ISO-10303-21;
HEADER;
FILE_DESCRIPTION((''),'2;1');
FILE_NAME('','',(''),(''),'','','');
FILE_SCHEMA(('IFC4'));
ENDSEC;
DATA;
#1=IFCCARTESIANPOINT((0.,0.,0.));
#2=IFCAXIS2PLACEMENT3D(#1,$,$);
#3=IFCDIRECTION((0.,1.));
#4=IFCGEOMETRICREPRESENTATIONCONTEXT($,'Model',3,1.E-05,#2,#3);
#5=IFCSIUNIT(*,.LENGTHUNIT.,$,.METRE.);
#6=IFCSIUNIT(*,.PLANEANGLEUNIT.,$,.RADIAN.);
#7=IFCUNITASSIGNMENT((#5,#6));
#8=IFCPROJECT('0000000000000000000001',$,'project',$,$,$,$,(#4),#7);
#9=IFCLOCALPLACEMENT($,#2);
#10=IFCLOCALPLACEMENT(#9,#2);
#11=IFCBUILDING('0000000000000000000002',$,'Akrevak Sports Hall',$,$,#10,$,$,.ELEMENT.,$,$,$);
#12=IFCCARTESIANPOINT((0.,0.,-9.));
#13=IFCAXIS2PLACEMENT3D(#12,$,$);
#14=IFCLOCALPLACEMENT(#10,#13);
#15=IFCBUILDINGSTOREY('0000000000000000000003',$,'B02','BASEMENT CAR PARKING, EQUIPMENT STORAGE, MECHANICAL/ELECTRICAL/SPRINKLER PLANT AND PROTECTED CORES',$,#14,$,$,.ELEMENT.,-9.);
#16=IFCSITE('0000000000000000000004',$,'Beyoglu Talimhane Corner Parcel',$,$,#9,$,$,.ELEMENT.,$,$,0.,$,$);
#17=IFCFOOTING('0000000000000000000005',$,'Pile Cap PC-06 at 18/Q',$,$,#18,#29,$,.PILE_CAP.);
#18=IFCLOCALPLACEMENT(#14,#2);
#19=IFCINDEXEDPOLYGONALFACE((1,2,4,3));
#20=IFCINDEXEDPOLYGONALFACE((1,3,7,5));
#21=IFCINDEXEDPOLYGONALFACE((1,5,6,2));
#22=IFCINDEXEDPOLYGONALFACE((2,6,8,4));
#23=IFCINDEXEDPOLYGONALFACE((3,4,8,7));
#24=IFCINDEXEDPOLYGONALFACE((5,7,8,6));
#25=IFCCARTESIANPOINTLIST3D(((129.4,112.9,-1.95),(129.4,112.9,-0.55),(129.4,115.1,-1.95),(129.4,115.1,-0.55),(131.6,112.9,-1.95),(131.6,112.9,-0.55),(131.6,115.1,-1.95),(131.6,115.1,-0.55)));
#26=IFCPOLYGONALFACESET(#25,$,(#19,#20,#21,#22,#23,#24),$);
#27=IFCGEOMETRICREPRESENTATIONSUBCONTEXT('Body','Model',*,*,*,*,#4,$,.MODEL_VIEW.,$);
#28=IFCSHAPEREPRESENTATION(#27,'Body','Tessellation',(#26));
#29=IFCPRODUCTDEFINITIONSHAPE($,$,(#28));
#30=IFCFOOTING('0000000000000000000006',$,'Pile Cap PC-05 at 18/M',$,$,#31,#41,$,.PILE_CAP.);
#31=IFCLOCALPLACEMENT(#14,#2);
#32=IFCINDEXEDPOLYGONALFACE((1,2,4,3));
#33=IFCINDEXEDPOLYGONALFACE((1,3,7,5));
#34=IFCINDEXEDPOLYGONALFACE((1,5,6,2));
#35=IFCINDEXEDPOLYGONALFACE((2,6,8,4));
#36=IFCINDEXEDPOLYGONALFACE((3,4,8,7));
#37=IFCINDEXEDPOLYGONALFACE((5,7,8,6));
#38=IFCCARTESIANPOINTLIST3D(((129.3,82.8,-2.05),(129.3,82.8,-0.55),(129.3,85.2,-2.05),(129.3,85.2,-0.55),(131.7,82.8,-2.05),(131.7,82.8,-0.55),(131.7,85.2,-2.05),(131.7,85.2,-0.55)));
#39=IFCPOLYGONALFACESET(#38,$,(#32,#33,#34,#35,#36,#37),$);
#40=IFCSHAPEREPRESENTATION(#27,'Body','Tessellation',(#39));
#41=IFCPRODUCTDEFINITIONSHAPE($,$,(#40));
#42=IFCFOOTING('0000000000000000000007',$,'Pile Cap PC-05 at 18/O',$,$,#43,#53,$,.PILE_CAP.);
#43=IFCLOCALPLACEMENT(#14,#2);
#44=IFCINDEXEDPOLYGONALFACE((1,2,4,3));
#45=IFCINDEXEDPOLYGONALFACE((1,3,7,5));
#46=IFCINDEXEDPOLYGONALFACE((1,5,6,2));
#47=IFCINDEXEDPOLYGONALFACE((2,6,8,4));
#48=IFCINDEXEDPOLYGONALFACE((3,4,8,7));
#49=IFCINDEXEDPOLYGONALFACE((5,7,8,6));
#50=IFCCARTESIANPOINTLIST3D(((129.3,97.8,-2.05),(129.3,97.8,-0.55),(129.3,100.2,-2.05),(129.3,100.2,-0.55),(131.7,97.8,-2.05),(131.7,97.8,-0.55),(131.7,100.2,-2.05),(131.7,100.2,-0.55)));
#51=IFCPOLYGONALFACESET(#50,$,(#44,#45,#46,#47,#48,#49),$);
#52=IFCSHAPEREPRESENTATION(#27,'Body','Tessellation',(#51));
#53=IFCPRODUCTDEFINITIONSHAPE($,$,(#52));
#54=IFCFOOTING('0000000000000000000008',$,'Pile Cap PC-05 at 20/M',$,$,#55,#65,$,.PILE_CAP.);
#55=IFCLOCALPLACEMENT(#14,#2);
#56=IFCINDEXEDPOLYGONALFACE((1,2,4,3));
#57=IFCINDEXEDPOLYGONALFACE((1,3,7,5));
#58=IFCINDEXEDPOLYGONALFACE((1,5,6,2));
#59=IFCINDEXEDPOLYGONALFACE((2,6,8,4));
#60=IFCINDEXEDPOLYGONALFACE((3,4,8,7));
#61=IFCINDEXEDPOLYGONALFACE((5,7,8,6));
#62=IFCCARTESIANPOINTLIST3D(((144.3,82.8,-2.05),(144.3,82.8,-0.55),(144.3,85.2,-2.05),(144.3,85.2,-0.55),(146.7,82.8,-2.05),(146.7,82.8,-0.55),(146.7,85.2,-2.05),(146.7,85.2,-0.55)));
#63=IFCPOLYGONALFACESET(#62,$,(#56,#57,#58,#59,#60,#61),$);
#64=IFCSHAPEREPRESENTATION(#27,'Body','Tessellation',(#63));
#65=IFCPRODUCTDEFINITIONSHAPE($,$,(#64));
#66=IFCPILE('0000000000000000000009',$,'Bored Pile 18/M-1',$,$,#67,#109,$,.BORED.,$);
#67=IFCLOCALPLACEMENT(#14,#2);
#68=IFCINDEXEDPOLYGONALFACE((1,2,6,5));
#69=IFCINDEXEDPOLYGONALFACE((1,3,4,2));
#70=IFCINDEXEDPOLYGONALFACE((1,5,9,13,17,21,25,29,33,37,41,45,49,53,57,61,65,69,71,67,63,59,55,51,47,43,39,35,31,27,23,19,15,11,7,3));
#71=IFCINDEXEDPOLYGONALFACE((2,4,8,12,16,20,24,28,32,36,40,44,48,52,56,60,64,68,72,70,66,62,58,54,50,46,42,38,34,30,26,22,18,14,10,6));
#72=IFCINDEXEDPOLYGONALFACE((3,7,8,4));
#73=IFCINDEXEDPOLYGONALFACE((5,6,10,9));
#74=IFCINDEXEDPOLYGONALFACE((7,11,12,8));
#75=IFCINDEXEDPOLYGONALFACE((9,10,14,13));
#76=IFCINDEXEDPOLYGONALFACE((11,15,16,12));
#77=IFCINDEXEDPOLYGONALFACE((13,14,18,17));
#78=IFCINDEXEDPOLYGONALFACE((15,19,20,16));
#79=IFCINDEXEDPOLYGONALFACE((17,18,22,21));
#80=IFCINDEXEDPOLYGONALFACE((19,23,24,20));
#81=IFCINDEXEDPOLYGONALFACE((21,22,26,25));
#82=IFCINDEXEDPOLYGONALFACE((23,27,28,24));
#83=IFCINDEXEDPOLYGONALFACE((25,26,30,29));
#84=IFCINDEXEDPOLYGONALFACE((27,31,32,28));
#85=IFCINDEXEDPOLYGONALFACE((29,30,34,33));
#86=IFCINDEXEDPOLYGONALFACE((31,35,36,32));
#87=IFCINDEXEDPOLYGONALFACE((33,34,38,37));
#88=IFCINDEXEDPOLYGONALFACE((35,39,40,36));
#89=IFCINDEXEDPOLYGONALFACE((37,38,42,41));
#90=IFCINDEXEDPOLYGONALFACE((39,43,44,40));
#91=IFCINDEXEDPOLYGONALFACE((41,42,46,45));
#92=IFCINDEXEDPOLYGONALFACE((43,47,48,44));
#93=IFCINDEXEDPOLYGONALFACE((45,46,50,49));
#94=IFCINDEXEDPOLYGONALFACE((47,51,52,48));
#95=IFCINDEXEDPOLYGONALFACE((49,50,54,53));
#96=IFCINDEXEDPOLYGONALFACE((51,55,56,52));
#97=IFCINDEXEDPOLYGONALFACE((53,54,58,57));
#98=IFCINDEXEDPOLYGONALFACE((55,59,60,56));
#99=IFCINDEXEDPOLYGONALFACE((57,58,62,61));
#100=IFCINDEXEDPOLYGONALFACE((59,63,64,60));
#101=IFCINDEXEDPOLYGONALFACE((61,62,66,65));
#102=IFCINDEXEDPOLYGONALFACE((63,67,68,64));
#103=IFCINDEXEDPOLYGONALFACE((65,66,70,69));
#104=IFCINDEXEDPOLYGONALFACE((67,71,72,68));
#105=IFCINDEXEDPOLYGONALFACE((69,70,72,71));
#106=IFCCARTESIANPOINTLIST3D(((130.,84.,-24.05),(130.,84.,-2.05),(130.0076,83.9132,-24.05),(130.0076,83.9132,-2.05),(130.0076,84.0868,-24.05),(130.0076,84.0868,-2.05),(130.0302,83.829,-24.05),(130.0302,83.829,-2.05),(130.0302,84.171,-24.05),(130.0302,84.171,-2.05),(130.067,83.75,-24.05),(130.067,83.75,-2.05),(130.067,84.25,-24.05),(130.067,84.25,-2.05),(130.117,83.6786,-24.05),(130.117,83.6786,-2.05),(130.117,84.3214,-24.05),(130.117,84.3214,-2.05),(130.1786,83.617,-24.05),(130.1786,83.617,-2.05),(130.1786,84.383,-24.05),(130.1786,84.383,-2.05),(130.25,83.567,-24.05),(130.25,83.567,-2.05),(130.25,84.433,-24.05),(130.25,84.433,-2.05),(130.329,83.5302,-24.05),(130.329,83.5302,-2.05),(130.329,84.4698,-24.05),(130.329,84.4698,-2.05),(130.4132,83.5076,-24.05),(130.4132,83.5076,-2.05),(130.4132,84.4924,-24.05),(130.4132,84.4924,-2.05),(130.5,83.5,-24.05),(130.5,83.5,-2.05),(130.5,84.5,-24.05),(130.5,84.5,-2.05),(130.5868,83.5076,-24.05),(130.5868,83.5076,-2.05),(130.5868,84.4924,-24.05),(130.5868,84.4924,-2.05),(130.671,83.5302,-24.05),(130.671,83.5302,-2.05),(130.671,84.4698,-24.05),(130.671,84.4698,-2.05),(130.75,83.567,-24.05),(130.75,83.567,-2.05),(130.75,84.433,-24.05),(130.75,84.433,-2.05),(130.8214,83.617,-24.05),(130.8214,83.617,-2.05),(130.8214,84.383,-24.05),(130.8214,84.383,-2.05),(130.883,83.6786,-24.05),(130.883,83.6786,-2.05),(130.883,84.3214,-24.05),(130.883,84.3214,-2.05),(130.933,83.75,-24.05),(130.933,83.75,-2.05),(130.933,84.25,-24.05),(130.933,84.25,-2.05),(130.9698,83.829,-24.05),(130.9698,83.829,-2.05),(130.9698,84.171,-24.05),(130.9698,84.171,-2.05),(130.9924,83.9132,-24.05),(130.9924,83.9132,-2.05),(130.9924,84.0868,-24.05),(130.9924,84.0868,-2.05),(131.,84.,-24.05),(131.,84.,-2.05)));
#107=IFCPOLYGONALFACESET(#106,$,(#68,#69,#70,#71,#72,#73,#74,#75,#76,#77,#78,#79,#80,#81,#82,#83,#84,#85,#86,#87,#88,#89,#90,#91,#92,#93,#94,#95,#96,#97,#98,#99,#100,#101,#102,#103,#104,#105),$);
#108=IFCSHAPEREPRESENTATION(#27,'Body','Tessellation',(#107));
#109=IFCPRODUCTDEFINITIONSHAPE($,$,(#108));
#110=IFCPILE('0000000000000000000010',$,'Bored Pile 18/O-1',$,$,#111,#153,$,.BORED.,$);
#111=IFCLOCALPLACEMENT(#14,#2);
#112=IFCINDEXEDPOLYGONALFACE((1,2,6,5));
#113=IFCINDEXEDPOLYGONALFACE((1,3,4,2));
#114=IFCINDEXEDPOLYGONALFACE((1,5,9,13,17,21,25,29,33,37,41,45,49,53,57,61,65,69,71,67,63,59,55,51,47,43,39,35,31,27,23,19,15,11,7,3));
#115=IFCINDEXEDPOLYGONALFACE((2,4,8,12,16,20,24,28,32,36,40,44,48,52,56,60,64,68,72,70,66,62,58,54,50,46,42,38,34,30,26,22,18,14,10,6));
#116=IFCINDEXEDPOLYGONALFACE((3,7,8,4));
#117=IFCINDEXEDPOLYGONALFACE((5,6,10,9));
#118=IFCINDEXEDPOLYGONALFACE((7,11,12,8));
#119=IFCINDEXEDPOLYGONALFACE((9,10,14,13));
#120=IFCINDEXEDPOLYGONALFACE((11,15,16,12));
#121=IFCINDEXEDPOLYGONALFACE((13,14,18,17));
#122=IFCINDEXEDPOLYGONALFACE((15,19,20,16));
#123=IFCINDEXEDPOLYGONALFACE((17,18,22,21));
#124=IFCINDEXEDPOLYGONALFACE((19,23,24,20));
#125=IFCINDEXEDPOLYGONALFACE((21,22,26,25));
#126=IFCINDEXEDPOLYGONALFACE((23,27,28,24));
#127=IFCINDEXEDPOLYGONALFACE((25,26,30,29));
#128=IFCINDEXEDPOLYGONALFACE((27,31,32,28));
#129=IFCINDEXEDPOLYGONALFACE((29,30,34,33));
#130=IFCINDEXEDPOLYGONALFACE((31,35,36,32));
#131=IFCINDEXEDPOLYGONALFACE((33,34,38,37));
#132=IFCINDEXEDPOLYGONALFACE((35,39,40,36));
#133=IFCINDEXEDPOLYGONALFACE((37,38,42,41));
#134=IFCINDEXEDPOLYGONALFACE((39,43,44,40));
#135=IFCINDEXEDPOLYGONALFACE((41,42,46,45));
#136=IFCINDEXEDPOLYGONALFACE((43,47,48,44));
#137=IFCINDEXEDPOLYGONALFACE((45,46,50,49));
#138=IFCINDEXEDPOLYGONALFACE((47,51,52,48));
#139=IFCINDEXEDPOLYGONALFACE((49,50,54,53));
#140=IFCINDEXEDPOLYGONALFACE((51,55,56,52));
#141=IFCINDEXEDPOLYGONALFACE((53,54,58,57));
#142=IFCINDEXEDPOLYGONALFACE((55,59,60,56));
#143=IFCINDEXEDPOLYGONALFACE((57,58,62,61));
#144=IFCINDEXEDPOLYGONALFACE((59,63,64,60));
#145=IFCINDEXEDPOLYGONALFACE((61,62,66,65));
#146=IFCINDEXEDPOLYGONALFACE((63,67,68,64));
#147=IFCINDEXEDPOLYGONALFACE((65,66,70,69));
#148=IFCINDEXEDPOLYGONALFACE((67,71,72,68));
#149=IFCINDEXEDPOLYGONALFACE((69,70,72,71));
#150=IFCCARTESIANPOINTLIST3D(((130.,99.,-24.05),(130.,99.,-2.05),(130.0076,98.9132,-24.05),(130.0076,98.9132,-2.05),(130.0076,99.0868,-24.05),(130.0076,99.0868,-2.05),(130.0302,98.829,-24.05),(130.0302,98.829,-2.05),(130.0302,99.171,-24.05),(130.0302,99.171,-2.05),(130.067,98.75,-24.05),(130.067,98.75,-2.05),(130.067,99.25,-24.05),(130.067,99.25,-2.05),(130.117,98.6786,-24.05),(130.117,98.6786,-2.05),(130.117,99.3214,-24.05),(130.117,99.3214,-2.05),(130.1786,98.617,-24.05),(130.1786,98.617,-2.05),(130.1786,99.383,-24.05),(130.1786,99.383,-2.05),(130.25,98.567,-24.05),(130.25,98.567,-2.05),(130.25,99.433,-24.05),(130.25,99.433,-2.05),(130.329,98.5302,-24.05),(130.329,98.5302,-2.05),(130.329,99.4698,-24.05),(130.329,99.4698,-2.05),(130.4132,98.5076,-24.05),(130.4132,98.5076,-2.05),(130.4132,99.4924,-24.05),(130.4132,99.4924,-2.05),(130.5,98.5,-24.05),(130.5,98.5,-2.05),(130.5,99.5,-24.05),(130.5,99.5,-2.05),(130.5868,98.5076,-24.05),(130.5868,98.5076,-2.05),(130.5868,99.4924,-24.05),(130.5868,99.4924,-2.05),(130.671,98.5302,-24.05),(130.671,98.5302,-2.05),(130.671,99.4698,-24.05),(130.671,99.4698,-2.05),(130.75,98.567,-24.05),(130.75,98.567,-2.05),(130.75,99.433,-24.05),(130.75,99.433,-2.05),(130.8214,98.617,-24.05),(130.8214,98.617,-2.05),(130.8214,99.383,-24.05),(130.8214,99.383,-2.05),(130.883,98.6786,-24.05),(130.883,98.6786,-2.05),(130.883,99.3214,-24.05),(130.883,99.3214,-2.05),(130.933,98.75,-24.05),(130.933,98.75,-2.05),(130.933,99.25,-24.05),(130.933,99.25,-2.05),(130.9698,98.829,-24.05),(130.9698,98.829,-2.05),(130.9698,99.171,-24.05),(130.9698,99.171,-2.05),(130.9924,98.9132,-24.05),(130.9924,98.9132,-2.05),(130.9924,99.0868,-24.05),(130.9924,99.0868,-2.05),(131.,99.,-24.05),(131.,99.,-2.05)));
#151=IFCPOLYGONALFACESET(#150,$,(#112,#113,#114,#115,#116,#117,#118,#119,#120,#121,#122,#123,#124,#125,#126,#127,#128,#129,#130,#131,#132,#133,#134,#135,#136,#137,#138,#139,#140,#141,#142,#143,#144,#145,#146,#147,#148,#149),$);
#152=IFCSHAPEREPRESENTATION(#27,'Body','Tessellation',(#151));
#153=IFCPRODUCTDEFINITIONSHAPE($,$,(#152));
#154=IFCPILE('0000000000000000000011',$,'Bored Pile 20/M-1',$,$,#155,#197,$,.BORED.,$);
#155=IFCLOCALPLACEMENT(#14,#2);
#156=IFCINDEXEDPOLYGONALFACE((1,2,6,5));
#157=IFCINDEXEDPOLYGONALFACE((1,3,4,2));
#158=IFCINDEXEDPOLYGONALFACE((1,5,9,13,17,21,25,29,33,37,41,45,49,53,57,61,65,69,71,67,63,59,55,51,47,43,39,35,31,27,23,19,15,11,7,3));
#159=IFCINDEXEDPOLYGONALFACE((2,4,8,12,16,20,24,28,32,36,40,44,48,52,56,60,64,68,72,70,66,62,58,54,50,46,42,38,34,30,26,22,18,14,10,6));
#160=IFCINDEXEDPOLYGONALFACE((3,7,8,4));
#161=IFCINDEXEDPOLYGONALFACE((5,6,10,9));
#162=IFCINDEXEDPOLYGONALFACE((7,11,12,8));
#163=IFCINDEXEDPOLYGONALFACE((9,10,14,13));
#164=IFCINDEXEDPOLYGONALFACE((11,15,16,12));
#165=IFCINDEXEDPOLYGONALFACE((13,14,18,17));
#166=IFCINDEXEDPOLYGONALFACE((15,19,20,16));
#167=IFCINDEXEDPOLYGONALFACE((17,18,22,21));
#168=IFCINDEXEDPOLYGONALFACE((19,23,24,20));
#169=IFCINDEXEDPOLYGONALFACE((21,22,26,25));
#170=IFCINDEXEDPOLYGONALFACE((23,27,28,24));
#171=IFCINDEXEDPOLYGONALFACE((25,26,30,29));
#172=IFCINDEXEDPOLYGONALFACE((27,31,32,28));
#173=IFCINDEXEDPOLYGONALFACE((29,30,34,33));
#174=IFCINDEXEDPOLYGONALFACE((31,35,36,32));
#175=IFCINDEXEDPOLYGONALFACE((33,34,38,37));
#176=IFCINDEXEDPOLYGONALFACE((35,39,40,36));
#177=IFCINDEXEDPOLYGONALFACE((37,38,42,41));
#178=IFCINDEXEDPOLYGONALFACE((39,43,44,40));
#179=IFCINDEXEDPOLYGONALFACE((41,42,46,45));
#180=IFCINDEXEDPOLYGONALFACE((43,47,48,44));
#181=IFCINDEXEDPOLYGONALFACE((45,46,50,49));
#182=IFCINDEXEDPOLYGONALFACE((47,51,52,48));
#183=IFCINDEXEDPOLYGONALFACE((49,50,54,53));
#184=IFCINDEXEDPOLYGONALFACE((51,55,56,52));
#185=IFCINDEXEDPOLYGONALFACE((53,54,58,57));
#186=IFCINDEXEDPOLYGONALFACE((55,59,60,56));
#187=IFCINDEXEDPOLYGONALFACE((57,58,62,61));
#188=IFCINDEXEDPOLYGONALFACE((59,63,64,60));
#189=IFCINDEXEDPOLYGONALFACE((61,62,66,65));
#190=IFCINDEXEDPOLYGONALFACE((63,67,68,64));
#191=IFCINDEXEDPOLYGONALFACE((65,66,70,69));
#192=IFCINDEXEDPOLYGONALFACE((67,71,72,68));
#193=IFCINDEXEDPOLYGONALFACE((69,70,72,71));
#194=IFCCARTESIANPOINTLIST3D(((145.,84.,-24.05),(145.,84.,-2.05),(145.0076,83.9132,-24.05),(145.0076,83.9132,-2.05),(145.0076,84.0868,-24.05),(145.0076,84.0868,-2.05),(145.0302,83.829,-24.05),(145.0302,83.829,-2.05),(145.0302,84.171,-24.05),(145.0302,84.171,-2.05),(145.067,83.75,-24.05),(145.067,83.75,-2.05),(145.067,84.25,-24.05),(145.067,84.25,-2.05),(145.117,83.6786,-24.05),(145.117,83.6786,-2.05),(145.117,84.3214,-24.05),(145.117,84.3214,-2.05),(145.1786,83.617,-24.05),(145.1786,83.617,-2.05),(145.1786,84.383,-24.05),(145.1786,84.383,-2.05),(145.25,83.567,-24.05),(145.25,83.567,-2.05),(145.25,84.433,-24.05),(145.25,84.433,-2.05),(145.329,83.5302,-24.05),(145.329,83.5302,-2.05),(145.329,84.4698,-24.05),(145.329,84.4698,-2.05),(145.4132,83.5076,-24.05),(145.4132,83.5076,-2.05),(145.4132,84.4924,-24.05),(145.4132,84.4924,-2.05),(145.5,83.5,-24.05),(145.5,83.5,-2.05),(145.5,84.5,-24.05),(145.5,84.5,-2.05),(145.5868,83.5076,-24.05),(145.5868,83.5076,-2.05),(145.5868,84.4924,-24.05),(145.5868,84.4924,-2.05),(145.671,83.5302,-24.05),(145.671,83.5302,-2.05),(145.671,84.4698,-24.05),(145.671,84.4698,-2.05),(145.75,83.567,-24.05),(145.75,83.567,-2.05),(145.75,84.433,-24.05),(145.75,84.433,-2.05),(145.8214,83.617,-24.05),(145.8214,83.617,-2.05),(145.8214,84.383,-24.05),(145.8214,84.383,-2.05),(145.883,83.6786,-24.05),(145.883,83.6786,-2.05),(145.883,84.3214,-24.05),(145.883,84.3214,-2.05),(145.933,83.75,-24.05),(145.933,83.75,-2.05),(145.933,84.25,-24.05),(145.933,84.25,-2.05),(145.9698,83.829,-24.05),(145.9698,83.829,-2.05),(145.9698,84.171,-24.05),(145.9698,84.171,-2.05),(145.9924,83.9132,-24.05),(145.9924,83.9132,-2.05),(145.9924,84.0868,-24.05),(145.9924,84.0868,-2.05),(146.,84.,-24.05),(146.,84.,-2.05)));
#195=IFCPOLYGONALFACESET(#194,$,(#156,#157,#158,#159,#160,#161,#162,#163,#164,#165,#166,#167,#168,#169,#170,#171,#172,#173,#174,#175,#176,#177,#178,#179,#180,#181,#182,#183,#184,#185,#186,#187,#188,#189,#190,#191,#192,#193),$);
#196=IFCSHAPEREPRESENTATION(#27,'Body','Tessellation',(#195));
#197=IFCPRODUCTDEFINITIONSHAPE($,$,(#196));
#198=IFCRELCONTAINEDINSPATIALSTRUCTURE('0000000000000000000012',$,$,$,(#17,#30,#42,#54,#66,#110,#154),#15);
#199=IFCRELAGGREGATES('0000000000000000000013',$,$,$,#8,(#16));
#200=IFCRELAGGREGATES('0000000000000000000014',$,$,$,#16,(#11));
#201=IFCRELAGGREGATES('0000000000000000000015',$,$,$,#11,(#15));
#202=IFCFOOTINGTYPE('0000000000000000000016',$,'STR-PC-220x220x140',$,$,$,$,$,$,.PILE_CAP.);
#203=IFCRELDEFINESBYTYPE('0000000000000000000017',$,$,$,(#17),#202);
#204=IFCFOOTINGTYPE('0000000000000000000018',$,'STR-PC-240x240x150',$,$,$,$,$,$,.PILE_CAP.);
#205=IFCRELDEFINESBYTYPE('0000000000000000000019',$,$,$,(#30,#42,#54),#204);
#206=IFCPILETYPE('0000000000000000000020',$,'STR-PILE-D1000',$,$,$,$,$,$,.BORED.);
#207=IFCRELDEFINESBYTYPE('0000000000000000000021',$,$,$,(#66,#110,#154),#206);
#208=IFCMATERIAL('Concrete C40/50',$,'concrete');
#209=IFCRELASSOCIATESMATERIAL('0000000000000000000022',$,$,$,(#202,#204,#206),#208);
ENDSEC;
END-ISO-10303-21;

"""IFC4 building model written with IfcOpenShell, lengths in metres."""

from ifc_helpers import new_model, si_unit, direction, frame, origin, origin_2d, place, context, subcontext, project, spatial, rectangle, circle, extrude, material, material_profile, profile_set, type_object, element, save


model = new_model("IFC4")

# Units and contexts
model_context = context("Model", 3, precision=1e-05, world=origin(), true_north=direction((0.0, 1.0)))
body_context = subcontext(model_context, "Body", "Model", "MODEL_VIEW")
ifc_project = project(units=[si_unit("LENGTHUNIT", "METRE"), si_unit("PLANEANGLEUNIT", "RADIAN")], contexts=[model_context])

# Site, building, storey
site_placement = place(None, origin())
site = spatial("IfcSite", under=ifc_project, at=site_placement, Name="Beyoglu Talimhane Corner Parcel", CompositionType="ELEMENT", RefElevation=0.0)
building_placement = place(site_placement, origin())
building = spatial("IfcBuilding", under=site, at=building_placement, Name="Akrevak Sports Hall", CompositionType="ELEMENT")
storey_placement = place(building_placement, frame((0.0, 0.0, -9.0)))
storey = spatial("IfcBuildingStorey", under=building, at=storey_placement, Name="B02", Description="BASEMENT CAR PARKING, EQUIPMENT STORAGE, MECHANICAL/ELECTRICAL/SPRINKLER PLANT AND PROTECTED CORES", CompositionType="ELEMENT", Elevation=-9.0)

# Footings
ifc_material_1 = material(Name="Concrete C40/50", Category="concrete")
footing_type_1 = type_object("IfcFootingType", Name="STR-PC-220x220x140", PredefinedType="PILE_CAP", material=ifc_material_1)
footing_placement = place(storey_placement, frame((130.5, 114.0, -1.95), z_axis=(0.0, 0.0, 1.0), x_axis=(1.0, 0.0, 0.0)))
element("IfcFooting", 1, at=footing_placement, inside=storey, type_object=footing_type_1, Name="Pile Cap PC-06 at 18/Q", PredefinedType="PILE_CAP", context=body_context, shape_type="SweptSolid", body=[
    extrude(rectangle(XDim=2.2, YDim=2.2, at=origin_2d()), origin(), (0.0, 0.0, 1.0), 1.3999),
])
footing_type_2 = type_object("IfcFootingType", Name="STR-PC-240x240x150", PredefinedType="PILE_CAP", material=ifc_material_1)
for number, where, z_axis, x_axis, name in (
    (2, (130.5, 84.0, -2.05), (0.0, 0.0, 1.0), (1.0, 0.0, 0.0), "Pile Cap PC-05 at 18/M"),
    (3, (130.5, 99.0, -2.05), (0.0, 0.0, 1.0), (1.0, 0.0, 0.0), "Pile Cap PC-05 at 18/O"),
    (4, (145.5, 84.0, -2.05), (0.0, 0.0, 1.0), (1.0, 0.0, 0.0), "Pile Cap PC-05 at 20/M"),
):
    element("IfcFooting", number, at=place(storey_placement, frame(where, z_axis=z_axis, x_axis=x_axis)), inside=storey, type_object=footing_type_2, Name=name, PredefinedType="PILE_CAP", context=body_context, shape_type="SweptSolid", body=[
        extrude(rectangle(XDim=2.3999, YDim=2.3999, at=origin_2d()), origin(), (0.0, 0.0, 1.0), 1.5),
    ])

# Piles
ifc_material_profile_1 = material_profile(ifc_material_1, circle(Radius=0.5, at=origin_2d()), Name="BORED PILE D1000", Category="concrete")
ifc_profile_set_1 = profile_set([ifc_material_profile_1], Name="Concrete C40/50")
pile_type_1 = type_object("IfcPileType", Name="STR-PILE-D1000", PredefinedType="BORED", material=ifc_profile_set_1)
for number, where, z_axis, x_axis, name in (
    (5, (130.5, 84.0, -2.05), (0.0, 0.0, -1.0), (1.0, 0.0, 0.0), "Bored Pile 18/M-1"),
    (6, (130.5, 99.0, -2.05), (0.0, 0.0, -1.0), (1.0, 0.0, 0.0), "Bored Pile 18/O-1"),
    (7, (145.5, 84.0, -2.05), (0.0, 0.0, -1.0), (1.0, 0.0, 0.0), "Bored Pile 20/M-1"),
):
    element("IfcPile", number, at=place(storey_placement, frame(where, z_axis=z_axis, x_axis=x_axis)), inside=storey, type_object=pile_type_1, Name=name, PredefinedType="BORED", context=body_context, shape_type="SweptSolid", body=[
        extrude(circle(Radius=0.5, at=origin_2d()), origin(), (0.0, 0.0, 1.0), 22.0),
    ])

save(model, "model.ifc")
